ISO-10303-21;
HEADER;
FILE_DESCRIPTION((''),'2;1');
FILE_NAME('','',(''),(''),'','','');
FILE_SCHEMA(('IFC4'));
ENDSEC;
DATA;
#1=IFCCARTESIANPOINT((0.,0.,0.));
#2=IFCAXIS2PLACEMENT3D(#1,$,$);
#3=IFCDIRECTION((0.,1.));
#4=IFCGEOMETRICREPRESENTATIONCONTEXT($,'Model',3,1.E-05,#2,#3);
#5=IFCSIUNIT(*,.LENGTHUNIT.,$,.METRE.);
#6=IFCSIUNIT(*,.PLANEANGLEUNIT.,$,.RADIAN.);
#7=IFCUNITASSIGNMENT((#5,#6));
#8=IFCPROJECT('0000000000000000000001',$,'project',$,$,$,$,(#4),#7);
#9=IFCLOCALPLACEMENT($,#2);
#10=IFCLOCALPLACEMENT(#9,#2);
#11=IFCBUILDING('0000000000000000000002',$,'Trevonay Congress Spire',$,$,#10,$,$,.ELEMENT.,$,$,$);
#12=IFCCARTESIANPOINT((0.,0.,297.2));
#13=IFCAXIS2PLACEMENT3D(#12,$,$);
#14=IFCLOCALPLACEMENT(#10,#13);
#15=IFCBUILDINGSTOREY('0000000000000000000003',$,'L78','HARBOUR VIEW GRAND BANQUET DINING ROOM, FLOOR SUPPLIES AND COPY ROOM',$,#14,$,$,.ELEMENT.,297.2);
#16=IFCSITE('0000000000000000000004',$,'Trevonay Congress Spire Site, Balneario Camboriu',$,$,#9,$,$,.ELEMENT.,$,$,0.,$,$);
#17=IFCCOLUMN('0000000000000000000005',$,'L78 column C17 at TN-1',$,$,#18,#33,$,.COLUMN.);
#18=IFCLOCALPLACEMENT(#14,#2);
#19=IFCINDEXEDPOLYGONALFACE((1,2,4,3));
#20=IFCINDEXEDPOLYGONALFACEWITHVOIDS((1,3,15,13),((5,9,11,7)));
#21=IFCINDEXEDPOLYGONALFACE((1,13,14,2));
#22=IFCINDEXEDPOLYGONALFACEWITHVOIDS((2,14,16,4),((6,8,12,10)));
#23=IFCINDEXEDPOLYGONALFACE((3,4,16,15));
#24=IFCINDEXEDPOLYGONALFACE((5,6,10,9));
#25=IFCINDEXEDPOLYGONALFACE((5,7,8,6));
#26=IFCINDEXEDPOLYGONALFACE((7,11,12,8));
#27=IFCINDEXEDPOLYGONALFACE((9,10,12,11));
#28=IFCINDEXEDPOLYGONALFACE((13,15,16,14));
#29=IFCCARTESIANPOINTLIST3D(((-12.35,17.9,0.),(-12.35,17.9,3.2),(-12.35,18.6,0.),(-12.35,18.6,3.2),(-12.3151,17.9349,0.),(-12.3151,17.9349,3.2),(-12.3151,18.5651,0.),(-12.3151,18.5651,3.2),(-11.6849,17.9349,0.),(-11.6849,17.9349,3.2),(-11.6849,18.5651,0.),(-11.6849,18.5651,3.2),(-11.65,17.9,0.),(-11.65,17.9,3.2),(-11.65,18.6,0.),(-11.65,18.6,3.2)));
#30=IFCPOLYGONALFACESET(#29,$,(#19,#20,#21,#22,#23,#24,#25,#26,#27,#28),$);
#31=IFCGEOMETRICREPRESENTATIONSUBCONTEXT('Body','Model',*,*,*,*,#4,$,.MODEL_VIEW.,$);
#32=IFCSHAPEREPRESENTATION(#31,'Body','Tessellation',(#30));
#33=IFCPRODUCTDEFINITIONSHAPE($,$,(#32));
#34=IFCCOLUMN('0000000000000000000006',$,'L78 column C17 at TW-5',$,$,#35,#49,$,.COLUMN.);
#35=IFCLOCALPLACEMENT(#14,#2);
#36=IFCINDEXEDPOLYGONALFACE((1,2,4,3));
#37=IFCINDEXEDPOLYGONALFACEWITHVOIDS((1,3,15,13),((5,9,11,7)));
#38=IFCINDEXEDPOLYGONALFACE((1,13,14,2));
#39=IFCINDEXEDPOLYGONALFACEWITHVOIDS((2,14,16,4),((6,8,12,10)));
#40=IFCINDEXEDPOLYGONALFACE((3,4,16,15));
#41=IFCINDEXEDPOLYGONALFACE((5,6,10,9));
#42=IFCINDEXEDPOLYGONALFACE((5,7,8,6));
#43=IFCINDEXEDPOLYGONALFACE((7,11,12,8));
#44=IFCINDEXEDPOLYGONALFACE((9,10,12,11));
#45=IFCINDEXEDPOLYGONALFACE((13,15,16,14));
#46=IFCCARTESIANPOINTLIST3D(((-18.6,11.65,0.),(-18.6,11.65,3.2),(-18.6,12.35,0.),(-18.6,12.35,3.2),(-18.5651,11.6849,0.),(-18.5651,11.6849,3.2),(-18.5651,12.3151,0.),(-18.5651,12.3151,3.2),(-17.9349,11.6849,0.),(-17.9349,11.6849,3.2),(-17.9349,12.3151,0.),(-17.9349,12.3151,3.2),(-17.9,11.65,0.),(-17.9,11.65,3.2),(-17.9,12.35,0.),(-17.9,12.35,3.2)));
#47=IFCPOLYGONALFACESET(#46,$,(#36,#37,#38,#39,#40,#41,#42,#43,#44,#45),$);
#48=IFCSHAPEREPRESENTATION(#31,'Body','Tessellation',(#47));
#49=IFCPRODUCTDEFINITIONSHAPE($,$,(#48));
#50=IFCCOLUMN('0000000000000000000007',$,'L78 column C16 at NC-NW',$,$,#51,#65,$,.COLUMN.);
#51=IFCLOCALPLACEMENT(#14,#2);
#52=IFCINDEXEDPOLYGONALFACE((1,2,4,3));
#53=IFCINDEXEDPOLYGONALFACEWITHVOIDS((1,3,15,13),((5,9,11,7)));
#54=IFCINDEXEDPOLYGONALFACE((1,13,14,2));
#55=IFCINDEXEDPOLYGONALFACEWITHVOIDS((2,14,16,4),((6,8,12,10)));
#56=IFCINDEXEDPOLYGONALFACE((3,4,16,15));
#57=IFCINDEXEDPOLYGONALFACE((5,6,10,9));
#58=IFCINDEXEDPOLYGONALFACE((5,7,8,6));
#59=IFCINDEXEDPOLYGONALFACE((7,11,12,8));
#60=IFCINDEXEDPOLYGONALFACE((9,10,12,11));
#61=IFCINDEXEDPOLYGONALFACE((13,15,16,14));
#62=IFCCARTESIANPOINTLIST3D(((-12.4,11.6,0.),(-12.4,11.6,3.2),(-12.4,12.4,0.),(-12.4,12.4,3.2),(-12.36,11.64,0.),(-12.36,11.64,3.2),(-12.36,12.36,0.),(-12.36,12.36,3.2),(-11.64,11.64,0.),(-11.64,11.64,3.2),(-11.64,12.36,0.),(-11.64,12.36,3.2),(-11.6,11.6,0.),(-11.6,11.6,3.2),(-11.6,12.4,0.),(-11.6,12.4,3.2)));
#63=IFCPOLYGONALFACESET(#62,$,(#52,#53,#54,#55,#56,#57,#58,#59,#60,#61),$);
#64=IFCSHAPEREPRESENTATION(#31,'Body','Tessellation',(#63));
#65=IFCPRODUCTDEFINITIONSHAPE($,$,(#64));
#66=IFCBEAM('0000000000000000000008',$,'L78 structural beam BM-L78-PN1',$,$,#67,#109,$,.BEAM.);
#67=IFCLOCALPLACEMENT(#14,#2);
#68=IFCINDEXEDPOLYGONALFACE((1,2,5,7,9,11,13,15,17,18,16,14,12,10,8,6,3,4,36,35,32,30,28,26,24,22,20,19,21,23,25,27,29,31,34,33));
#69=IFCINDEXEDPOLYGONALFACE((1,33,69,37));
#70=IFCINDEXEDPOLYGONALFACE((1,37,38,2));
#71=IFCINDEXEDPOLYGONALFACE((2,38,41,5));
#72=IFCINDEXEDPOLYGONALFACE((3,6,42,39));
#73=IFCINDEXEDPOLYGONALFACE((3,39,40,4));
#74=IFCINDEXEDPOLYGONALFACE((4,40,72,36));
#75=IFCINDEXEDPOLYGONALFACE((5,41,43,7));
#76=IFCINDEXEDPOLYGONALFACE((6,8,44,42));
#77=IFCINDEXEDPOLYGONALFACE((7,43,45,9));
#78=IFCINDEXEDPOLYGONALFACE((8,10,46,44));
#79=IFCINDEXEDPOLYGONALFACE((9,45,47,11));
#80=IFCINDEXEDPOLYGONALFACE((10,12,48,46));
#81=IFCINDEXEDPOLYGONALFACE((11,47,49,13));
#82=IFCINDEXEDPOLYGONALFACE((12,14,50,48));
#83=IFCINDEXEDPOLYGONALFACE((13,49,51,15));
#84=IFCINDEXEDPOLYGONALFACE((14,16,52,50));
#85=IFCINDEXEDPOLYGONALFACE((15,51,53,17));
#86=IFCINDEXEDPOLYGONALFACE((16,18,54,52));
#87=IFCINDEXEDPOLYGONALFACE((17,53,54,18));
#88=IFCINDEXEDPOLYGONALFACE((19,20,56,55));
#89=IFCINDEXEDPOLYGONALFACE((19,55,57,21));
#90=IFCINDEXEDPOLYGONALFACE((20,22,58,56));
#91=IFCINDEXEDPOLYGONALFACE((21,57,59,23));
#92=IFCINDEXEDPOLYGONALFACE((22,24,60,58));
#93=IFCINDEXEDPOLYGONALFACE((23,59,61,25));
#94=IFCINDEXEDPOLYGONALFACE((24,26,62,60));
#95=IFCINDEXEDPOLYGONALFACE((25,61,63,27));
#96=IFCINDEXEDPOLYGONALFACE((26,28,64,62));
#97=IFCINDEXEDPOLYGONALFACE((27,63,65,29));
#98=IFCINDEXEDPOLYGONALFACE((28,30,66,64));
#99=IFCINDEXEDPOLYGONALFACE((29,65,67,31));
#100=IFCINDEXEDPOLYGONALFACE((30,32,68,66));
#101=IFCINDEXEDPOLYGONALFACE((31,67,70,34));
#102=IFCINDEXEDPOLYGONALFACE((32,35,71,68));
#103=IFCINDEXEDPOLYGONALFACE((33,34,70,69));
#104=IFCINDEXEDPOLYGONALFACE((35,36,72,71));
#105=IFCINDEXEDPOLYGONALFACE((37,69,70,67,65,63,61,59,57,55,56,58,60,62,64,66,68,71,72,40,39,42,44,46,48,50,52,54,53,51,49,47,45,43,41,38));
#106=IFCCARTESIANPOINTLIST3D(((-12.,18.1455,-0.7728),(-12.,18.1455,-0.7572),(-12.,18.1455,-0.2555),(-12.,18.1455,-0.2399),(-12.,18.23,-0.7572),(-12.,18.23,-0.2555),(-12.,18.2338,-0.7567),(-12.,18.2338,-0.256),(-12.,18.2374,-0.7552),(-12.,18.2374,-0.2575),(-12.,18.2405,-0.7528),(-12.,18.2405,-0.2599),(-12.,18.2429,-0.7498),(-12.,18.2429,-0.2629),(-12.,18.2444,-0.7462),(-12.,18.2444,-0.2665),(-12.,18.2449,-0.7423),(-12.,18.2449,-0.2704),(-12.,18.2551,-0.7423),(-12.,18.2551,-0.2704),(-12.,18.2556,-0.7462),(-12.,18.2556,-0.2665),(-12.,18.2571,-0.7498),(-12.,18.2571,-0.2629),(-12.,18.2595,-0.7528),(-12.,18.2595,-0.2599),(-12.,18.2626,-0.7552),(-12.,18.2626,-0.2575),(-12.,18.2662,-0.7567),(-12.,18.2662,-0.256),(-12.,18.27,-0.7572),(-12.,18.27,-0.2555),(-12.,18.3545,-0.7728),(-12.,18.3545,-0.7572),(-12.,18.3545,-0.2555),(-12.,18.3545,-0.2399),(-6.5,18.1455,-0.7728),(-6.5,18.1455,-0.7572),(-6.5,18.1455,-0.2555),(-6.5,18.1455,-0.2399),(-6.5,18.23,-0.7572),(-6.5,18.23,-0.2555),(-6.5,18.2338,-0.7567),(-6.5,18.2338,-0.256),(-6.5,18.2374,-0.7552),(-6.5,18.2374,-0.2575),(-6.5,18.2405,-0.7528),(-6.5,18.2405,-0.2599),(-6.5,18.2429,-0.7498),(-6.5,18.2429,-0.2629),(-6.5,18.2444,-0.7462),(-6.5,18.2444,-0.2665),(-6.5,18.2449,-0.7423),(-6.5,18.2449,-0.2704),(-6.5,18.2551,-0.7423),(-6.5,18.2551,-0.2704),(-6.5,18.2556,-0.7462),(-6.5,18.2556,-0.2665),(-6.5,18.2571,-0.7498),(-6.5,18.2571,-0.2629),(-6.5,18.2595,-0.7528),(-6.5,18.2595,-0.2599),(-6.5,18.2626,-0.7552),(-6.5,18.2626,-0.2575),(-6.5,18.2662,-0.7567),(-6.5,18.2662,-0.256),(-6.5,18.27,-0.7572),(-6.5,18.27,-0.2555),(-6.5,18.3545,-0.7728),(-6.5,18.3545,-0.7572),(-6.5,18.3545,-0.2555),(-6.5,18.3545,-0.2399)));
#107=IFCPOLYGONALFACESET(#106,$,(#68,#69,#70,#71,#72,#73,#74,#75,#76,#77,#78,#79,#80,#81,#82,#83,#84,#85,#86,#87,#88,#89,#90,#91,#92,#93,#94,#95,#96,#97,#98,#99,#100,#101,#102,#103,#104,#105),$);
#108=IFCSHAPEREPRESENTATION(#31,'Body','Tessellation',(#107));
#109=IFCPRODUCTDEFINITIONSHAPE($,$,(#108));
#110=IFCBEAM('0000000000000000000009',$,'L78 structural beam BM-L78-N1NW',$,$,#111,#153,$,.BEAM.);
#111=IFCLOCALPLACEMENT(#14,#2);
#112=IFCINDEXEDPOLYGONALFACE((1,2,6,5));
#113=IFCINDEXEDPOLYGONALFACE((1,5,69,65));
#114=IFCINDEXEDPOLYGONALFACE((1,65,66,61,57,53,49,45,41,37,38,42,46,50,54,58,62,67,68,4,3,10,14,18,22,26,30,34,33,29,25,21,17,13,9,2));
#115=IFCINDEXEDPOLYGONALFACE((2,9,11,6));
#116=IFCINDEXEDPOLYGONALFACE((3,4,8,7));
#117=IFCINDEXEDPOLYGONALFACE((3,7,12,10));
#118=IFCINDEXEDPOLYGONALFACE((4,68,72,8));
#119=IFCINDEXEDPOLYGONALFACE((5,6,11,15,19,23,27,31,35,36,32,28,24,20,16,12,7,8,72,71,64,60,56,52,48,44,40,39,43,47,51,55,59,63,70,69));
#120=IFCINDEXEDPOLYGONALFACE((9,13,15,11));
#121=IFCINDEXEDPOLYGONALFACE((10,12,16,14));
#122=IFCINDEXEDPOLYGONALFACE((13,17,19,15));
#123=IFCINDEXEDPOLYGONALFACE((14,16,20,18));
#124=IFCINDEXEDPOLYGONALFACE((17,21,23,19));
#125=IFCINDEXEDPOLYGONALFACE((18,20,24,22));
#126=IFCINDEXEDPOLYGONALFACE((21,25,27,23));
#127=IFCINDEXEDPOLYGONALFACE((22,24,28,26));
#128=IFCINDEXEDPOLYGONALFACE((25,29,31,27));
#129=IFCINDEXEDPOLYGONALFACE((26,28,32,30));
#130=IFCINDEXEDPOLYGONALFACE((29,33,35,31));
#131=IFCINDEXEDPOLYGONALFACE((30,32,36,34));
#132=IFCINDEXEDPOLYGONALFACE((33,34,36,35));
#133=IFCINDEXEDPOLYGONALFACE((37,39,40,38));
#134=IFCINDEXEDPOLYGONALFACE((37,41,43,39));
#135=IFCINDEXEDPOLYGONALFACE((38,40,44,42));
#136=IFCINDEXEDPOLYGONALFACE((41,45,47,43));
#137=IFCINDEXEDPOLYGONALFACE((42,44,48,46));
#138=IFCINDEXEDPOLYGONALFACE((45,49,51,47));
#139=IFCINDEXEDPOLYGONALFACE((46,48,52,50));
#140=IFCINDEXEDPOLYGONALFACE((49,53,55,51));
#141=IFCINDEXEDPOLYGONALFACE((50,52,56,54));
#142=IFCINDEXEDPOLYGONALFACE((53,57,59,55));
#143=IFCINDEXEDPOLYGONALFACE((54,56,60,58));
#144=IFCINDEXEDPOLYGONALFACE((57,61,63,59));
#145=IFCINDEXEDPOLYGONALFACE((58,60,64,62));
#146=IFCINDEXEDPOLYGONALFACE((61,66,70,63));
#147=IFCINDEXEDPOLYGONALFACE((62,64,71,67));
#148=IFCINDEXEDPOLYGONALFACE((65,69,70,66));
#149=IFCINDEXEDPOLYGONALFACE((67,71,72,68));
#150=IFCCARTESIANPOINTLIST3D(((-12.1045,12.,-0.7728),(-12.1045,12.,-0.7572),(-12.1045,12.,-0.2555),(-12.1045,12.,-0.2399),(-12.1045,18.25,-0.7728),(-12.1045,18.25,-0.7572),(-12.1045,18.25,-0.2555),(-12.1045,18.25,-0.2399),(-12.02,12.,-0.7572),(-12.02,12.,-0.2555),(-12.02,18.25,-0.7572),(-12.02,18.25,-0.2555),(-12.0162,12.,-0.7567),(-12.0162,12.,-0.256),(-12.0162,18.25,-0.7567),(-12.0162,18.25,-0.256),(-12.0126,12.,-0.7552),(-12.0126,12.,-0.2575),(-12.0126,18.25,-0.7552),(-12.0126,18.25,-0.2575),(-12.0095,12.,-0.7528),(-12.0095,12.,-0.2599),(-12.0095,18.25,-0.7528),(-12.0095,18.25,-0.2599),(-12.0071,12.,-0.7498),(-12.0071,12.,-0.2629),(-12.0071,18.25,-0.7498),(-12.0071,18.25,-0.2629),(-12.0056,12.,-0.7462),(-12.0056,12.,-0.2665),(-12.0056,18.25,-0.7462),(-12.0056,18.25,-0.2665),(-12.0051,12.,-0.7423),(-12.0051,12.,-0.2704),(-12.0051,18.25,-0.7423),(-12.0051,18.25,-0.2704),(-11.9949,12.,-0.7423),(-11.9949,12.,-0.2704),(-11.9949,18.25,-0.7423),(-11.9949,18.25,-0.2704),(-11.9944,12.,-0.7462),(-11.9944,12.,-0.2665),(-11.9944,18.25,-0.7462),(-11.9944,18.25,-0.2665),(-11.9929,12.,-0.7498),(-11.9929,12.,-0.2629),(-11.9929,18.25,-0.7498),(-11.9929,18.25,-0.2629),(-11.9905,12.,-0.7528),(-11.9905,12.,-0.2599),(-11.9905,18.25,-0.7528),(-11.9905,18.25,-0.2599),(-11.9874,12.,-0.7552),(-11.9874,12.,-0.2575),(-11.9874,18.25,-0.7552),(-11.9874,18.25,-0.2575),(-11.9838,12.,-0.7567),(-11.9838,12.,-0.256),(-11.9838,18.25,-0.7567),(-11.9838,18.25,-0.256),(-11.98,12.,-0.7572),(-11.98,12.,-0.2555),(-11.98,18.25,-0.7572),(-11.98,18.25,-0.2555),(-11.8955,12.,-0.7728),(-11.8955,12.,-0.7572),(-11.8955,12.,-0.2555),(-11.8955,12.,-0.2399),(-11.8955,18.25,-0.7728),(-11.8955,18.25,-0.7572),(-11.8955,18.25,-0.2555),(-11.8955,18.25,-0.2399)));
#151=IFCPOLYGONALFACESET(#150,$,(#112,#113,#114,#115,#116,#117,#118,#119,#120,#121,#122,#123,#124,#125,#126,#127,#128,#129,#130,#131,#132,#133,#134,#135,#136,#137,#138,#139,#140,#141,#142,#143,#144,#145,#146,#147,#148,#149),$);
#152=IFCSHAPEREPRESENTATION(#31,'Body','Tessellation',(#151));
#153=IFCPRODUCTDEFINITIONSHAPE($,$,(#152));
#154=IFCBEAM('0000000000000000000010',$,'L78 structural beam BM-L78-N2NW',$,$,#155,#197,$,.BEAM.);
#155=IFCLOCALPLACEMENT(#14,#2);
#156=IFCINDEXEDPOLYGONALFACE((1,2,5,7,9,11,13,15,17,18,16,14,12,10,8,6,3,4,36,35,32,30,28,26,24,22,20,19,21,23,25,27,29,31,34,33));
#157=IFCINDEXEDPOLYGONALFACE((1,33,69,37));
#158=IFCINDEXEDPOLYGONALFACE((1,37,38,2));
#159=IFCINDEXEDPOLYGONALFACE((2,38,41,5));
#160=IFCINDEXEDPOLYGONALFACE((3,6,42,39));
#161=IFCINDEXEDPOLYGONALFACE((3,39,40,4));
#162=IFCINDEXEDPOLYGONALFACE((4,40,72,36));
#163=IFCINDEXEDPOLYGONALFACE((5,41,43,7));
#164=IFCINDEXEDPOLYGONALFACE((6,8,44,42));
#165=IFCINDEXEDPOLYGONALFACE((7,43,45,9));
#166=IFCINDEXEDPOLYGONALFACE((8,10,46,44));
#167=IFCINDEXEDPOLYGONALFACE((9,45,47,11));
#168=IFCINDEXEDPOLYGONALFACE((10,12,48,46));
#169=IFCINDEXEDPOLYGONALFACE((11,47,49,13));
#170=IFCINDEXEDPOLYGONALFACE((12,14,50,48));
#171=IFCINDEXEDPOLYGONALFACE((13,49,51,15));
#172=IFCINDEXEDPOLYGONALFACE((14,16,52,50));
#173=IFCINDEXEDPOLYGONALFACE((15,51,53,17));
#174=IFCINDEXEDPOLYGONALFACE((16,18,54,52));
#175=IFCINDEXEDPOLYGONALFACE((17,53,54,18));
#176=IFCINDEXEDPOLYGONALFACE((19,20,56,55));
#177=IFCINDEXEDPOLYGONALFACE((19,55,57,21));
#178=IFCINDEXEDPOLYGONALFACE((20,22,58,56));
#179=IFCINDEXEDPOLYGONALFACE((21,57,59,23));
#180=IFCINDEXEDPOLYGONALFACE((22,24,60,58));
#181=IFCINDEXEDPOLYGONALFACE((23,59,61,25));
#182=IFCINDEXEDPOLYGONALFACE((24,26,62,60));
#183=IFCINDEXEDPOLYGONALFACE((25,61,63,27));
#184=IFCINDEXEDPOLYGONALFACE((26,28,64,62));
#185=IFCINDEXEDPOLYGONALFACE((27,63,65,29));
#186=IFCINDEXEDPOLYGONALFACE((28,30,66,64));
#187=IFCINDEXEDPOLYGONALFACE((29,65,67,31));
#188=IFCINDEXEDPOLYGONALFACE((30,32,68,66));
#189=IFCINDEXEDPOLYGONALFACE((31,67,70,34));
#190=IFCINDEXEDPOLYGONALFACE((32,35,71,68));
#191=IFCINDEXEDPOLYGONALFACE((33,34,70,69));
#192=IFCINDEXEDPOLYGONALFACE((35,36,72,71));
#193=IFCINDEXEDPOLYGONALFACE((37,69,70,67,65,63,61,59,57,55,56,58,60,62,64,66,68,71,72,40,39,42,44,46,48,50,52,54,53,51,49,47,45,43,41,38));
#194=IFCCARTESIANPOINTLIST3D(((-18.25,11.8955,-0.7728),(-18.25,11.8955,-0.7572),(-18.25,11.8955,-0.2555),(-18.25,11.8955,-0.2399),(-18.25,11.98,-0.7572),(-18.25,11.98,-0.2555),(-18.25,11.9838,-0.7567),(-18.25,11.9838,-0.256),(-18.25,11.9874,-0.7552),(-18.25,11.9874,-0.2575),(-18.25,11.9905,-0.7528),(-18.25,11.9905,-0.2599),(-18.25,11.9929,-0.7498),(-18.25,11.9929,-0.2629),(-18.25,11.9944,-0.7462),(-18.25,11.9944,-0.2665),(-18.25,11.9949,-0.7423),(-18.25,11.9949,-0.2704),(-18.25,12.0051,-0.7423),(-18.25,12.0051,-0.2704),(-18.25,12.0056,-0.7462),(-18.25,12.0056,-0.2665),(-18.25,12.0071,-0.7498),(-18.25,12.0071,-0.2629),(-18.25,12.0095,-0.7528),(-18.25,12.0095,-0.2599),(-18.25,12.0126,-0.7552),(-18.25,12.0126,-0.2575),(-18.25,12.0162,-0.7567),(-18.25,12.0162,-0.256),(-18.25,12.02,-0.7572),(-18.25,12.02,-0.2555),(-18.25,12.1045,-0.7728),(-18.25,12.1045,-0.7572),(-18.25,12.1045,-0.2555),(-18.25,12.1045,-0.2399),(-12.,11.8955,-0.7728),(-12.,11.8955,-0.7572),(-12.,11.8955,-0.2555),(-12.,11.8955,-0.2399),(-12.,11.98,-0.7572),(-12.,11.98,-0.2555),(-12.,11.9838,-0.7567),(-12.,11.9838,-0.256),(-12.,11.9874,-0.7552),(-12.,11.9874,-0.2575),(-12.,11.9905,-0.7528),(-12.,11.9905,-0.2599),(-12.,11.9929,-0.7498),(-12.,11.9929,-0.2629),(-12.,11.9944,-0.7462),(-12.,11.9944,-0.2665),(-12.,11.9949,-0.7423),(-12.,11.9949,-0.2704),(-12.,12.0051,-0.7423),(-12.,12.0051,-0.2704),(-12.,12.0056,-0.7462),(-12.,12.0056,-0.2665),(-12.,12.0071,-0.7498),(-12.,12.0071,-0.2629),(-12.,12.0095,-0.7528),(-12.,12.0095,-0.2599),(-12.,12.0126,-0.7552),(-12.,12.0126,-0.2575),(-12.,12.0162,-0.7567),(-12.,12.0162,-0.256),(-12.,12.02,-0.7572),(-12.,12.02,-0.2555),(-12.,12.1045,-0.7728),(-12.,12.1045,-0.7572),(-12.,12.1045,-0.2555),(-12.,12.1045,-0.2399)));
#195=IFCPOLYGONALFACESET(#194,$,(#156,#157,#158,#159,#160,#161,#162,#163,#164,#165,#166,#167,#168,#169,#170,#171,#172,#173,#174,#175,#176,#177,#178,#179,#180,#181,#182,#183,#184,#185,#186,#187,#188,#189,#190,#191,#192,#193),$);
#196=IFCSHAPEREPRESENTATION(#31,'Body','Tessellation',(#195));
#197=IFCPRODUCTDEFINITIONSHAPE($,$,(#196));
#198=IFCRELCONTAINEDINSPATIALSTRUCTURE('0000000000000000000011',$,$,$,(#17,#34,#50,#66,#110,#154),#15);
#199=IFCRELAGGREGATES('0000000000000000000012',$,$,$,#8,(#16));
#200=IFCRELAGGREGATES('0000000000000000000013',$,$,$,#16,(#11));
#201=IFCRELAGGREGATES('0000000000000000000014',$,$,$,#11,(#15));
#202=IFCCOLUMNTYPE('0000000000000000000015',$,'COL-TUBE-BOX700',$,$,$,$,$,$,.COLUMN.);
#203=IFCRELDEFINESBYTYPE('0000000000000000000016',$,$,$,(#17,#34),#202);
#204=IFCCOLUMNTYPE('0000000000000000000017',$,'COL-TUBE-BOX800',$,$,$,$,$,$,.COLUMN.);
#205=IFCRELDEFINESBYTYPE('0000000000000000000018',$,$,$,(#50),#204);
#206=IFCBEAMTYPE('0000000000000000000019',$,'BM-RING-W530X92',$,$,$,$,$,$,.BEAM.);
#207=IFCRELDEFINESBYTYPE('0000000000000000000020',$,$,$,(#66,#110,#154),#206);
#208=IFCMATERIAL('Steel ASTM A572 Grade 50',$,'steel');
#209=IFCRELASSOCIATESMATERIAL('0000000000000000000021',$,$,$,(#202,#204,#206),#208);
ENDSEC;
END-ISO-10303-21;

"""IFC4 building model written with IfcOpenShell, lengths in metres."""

from ifc_helpers import new_model, si_unit, direction, frame, origin, origin_2d, place, context, subcontext, project, spatial, hollow_rectangle, i_section, extrude, material, material_profile, profile_set, type_object, element, save


model = new_model("IFC4")

# Units and contexts
model_context = context("Model", 3, precision=1e-05, world=origin(), true_north=direction((0.0, 1.0)))
body_context = subcontext(model_context, "Body", "Model", "MODEL_VIEW")
ifc_project = project(units=[si_unit("LENGTHUNIT", "METRE"), si_unit("PLANEANGLEUNIT", "RADIAN")], contexts=[model_context])

# Site, building, storey
site_placement = place(None, origin())
site = spatial("IfcSite", under=ifc_project, at=site_placement, Name="Trevonay Congress Spire Site, Balneario Camboriu", CompositionType="ELEMENT", RefElevation=0.0)
building_placement = place(site_placement, origin())
building = spatial("IfcBuilding", under=site, at=building_placement, Name="Trevonay Congress Spire", CompositionType="ELEMENT")
storey_placement = place(building_placement, frame((0.0, 0.0, 297.2)))
storey = spatial("IfcBuildingStorey", under=building, at=storey_placement, Name="L78", Description="HARBOUR VIEW GRAND BANQUET DINING ROOM, FLOOR SUPPLIES AND COPY ROOM", CompositionType="ELEMENT", Elevation=297.2)

# Columns
ifc_material_1 = material(Name="Steel ASTM A572 Grade 50", Category="steel")
ifc_material_profile_1 = material_profile(ifc_material_1, hollow_rectangle(XDim=0.7, YDim=0.7, WallThickness=0.0349, at=origin_2d()), Name="BOX 700x700x35")
ifc_profile_set_1 = profile_set([ifc_material_profile_1], Name="Steel ASTM A572 Grade 50")
column_type_1 = type_object("IfcColumnType", Name="COL-TUBE-BOX700", PredefinedType="COLUMN", material=ifc_profile_set_1)
for number, where, z_axis, x_axis, name in (
    (1, (-12.0, 18.25, 0.0), (0.0, 0.0, 1.0), (1.0, 0.0, 0.0), "L78 column C17 at TN-1"),
    (2, (-18.25, 12.0, 0.0), (0.0, 0.0, 1.0), (1.0, 0.0, 0.0), "L78 column C17 at TW-5"),
):
    element("IfcColumn", number, at=place(storey_placement, frame(where, z_axis=z_axis, x_axis=x_axis)), inside=storey, type_object=column_type_1, Name=name, PredefinedType="COLUMN", context=body_context, shape_type="SweptSolid", body=[
        extrude(hollow_rectangle(XDim=0.7, YDim=0.7, WallThickness=0.0349, at=origin_2d()), origin(), (0.0, 0.0, 1.0), 3.2),
    ])
ifc_material_profile_2 = material_profile(ifc_material_1, hollow_rectangle(XDim=0.8, YDim=0.8, WallThickness=0.04, at=origin_2d()), Name="BOX 800x800x40")
ifc_profile_set_2 = profile_set([ifc_material_profile_2], Name="Steel ASTM A572 Grade 50")
column_type_2 = type_object("IfcColumnType", Name="COL-TUBE-BOX800", PredefinedType="COLUMN", material=ifc_profile_set_2)
column_placement = place(storey_placement, frame((-12.0, 12.0, 0.0), z_axis=(0.0, 0.0, 1.0), x_axis=(1.0, 0.0, 0.0)))
element("IfcColumn", 3, at=column_placement, inside=storey, type_object=column_type_2, Name="L78 column C16 at NC-NW", PredefinedType="COLUMN", context=body_context, shape_type="SweptSolid", body=[
    extrude(hollow_rectangle(XDim=0.8, YDim=0.8, WallThickness=0.04, at=origin_2d()), origin(), (0.0, 0.0, 1.0), 3.2),
])

# Beams
ifc_material_profile_3 = material_profile(ifc_material_1, i_section(OverallWidth=0.209, OverallDepth=0.533, WebThickness=0.0103, FlangeThickness=0.0156, FilletRadius=0.0149, at=origin_2d()), Name="W530x92")
ifc_profile_set_3 = profile_set([ifc_material_profile_3], Name="Steel ASTM A572 Grade 50")
beam_type = type_object("IfcBeamType", Name="BM-RING-W530X92", PredefinedType="BEAM", material=ifc_profile_set_3)
beam_placement = place(storey_placement, frame((-12.0, 18.25, -0.5063), z_axis=(1.0, 0.0, 0.0), x_axis=(0.0, 1.0, 0.0)))
element("IfcBeam", 4, at=beam_placement, inside=storey, type_object=beam_type, Name="L78 structural beam BM-L78-PN1", PredefinedType="BEAM", context=body_context, shape_type="SweptSolid", body=[
    extrude(i_section(OverallWidth=0.209, OverallDepth=0.533, WebThickness=0.0103, FlangeThickness=0.0156, FilletRadius=0.0149, at=origin_2d()), origin(), (0.0, 0.0, 1.0), 5.5),
])
for number, where, z_axis, x_axis, name in (
    (5, (-12.0, 18.25, -0.5063), (0.0, -1.0, 0.0), (1.0, 0.0, 0.0), "L78 structural beam BM-L78-N1NW"),
    (6, (-18.25, 12.0, -0.5063), (1.0, 0.0, 0.0), (0.0, 1.0, 0.0), "L78 structural beam BM-L78-N2NW"),
):
    element("IfcBeam", number, at=place(storey_placement, frame(where, z_axis=z_axis, x_axis=x_axis)), inside=storey, type_object=beam_type, Name=name, PredefinedType="BEAM", context=body_context, shape_type="SweptSolid", body=[
        extrude(i_section(OverallWidth=0.209, OverallDepth=0.533, WebThickness=0.0103, FlangeThickness=0.0156, FilletRadius=0.0149, at=origin_2d()), origin(), (0.0, 0.0, 1.0), 6.25),
    ])

save(model, "model.ifc")
